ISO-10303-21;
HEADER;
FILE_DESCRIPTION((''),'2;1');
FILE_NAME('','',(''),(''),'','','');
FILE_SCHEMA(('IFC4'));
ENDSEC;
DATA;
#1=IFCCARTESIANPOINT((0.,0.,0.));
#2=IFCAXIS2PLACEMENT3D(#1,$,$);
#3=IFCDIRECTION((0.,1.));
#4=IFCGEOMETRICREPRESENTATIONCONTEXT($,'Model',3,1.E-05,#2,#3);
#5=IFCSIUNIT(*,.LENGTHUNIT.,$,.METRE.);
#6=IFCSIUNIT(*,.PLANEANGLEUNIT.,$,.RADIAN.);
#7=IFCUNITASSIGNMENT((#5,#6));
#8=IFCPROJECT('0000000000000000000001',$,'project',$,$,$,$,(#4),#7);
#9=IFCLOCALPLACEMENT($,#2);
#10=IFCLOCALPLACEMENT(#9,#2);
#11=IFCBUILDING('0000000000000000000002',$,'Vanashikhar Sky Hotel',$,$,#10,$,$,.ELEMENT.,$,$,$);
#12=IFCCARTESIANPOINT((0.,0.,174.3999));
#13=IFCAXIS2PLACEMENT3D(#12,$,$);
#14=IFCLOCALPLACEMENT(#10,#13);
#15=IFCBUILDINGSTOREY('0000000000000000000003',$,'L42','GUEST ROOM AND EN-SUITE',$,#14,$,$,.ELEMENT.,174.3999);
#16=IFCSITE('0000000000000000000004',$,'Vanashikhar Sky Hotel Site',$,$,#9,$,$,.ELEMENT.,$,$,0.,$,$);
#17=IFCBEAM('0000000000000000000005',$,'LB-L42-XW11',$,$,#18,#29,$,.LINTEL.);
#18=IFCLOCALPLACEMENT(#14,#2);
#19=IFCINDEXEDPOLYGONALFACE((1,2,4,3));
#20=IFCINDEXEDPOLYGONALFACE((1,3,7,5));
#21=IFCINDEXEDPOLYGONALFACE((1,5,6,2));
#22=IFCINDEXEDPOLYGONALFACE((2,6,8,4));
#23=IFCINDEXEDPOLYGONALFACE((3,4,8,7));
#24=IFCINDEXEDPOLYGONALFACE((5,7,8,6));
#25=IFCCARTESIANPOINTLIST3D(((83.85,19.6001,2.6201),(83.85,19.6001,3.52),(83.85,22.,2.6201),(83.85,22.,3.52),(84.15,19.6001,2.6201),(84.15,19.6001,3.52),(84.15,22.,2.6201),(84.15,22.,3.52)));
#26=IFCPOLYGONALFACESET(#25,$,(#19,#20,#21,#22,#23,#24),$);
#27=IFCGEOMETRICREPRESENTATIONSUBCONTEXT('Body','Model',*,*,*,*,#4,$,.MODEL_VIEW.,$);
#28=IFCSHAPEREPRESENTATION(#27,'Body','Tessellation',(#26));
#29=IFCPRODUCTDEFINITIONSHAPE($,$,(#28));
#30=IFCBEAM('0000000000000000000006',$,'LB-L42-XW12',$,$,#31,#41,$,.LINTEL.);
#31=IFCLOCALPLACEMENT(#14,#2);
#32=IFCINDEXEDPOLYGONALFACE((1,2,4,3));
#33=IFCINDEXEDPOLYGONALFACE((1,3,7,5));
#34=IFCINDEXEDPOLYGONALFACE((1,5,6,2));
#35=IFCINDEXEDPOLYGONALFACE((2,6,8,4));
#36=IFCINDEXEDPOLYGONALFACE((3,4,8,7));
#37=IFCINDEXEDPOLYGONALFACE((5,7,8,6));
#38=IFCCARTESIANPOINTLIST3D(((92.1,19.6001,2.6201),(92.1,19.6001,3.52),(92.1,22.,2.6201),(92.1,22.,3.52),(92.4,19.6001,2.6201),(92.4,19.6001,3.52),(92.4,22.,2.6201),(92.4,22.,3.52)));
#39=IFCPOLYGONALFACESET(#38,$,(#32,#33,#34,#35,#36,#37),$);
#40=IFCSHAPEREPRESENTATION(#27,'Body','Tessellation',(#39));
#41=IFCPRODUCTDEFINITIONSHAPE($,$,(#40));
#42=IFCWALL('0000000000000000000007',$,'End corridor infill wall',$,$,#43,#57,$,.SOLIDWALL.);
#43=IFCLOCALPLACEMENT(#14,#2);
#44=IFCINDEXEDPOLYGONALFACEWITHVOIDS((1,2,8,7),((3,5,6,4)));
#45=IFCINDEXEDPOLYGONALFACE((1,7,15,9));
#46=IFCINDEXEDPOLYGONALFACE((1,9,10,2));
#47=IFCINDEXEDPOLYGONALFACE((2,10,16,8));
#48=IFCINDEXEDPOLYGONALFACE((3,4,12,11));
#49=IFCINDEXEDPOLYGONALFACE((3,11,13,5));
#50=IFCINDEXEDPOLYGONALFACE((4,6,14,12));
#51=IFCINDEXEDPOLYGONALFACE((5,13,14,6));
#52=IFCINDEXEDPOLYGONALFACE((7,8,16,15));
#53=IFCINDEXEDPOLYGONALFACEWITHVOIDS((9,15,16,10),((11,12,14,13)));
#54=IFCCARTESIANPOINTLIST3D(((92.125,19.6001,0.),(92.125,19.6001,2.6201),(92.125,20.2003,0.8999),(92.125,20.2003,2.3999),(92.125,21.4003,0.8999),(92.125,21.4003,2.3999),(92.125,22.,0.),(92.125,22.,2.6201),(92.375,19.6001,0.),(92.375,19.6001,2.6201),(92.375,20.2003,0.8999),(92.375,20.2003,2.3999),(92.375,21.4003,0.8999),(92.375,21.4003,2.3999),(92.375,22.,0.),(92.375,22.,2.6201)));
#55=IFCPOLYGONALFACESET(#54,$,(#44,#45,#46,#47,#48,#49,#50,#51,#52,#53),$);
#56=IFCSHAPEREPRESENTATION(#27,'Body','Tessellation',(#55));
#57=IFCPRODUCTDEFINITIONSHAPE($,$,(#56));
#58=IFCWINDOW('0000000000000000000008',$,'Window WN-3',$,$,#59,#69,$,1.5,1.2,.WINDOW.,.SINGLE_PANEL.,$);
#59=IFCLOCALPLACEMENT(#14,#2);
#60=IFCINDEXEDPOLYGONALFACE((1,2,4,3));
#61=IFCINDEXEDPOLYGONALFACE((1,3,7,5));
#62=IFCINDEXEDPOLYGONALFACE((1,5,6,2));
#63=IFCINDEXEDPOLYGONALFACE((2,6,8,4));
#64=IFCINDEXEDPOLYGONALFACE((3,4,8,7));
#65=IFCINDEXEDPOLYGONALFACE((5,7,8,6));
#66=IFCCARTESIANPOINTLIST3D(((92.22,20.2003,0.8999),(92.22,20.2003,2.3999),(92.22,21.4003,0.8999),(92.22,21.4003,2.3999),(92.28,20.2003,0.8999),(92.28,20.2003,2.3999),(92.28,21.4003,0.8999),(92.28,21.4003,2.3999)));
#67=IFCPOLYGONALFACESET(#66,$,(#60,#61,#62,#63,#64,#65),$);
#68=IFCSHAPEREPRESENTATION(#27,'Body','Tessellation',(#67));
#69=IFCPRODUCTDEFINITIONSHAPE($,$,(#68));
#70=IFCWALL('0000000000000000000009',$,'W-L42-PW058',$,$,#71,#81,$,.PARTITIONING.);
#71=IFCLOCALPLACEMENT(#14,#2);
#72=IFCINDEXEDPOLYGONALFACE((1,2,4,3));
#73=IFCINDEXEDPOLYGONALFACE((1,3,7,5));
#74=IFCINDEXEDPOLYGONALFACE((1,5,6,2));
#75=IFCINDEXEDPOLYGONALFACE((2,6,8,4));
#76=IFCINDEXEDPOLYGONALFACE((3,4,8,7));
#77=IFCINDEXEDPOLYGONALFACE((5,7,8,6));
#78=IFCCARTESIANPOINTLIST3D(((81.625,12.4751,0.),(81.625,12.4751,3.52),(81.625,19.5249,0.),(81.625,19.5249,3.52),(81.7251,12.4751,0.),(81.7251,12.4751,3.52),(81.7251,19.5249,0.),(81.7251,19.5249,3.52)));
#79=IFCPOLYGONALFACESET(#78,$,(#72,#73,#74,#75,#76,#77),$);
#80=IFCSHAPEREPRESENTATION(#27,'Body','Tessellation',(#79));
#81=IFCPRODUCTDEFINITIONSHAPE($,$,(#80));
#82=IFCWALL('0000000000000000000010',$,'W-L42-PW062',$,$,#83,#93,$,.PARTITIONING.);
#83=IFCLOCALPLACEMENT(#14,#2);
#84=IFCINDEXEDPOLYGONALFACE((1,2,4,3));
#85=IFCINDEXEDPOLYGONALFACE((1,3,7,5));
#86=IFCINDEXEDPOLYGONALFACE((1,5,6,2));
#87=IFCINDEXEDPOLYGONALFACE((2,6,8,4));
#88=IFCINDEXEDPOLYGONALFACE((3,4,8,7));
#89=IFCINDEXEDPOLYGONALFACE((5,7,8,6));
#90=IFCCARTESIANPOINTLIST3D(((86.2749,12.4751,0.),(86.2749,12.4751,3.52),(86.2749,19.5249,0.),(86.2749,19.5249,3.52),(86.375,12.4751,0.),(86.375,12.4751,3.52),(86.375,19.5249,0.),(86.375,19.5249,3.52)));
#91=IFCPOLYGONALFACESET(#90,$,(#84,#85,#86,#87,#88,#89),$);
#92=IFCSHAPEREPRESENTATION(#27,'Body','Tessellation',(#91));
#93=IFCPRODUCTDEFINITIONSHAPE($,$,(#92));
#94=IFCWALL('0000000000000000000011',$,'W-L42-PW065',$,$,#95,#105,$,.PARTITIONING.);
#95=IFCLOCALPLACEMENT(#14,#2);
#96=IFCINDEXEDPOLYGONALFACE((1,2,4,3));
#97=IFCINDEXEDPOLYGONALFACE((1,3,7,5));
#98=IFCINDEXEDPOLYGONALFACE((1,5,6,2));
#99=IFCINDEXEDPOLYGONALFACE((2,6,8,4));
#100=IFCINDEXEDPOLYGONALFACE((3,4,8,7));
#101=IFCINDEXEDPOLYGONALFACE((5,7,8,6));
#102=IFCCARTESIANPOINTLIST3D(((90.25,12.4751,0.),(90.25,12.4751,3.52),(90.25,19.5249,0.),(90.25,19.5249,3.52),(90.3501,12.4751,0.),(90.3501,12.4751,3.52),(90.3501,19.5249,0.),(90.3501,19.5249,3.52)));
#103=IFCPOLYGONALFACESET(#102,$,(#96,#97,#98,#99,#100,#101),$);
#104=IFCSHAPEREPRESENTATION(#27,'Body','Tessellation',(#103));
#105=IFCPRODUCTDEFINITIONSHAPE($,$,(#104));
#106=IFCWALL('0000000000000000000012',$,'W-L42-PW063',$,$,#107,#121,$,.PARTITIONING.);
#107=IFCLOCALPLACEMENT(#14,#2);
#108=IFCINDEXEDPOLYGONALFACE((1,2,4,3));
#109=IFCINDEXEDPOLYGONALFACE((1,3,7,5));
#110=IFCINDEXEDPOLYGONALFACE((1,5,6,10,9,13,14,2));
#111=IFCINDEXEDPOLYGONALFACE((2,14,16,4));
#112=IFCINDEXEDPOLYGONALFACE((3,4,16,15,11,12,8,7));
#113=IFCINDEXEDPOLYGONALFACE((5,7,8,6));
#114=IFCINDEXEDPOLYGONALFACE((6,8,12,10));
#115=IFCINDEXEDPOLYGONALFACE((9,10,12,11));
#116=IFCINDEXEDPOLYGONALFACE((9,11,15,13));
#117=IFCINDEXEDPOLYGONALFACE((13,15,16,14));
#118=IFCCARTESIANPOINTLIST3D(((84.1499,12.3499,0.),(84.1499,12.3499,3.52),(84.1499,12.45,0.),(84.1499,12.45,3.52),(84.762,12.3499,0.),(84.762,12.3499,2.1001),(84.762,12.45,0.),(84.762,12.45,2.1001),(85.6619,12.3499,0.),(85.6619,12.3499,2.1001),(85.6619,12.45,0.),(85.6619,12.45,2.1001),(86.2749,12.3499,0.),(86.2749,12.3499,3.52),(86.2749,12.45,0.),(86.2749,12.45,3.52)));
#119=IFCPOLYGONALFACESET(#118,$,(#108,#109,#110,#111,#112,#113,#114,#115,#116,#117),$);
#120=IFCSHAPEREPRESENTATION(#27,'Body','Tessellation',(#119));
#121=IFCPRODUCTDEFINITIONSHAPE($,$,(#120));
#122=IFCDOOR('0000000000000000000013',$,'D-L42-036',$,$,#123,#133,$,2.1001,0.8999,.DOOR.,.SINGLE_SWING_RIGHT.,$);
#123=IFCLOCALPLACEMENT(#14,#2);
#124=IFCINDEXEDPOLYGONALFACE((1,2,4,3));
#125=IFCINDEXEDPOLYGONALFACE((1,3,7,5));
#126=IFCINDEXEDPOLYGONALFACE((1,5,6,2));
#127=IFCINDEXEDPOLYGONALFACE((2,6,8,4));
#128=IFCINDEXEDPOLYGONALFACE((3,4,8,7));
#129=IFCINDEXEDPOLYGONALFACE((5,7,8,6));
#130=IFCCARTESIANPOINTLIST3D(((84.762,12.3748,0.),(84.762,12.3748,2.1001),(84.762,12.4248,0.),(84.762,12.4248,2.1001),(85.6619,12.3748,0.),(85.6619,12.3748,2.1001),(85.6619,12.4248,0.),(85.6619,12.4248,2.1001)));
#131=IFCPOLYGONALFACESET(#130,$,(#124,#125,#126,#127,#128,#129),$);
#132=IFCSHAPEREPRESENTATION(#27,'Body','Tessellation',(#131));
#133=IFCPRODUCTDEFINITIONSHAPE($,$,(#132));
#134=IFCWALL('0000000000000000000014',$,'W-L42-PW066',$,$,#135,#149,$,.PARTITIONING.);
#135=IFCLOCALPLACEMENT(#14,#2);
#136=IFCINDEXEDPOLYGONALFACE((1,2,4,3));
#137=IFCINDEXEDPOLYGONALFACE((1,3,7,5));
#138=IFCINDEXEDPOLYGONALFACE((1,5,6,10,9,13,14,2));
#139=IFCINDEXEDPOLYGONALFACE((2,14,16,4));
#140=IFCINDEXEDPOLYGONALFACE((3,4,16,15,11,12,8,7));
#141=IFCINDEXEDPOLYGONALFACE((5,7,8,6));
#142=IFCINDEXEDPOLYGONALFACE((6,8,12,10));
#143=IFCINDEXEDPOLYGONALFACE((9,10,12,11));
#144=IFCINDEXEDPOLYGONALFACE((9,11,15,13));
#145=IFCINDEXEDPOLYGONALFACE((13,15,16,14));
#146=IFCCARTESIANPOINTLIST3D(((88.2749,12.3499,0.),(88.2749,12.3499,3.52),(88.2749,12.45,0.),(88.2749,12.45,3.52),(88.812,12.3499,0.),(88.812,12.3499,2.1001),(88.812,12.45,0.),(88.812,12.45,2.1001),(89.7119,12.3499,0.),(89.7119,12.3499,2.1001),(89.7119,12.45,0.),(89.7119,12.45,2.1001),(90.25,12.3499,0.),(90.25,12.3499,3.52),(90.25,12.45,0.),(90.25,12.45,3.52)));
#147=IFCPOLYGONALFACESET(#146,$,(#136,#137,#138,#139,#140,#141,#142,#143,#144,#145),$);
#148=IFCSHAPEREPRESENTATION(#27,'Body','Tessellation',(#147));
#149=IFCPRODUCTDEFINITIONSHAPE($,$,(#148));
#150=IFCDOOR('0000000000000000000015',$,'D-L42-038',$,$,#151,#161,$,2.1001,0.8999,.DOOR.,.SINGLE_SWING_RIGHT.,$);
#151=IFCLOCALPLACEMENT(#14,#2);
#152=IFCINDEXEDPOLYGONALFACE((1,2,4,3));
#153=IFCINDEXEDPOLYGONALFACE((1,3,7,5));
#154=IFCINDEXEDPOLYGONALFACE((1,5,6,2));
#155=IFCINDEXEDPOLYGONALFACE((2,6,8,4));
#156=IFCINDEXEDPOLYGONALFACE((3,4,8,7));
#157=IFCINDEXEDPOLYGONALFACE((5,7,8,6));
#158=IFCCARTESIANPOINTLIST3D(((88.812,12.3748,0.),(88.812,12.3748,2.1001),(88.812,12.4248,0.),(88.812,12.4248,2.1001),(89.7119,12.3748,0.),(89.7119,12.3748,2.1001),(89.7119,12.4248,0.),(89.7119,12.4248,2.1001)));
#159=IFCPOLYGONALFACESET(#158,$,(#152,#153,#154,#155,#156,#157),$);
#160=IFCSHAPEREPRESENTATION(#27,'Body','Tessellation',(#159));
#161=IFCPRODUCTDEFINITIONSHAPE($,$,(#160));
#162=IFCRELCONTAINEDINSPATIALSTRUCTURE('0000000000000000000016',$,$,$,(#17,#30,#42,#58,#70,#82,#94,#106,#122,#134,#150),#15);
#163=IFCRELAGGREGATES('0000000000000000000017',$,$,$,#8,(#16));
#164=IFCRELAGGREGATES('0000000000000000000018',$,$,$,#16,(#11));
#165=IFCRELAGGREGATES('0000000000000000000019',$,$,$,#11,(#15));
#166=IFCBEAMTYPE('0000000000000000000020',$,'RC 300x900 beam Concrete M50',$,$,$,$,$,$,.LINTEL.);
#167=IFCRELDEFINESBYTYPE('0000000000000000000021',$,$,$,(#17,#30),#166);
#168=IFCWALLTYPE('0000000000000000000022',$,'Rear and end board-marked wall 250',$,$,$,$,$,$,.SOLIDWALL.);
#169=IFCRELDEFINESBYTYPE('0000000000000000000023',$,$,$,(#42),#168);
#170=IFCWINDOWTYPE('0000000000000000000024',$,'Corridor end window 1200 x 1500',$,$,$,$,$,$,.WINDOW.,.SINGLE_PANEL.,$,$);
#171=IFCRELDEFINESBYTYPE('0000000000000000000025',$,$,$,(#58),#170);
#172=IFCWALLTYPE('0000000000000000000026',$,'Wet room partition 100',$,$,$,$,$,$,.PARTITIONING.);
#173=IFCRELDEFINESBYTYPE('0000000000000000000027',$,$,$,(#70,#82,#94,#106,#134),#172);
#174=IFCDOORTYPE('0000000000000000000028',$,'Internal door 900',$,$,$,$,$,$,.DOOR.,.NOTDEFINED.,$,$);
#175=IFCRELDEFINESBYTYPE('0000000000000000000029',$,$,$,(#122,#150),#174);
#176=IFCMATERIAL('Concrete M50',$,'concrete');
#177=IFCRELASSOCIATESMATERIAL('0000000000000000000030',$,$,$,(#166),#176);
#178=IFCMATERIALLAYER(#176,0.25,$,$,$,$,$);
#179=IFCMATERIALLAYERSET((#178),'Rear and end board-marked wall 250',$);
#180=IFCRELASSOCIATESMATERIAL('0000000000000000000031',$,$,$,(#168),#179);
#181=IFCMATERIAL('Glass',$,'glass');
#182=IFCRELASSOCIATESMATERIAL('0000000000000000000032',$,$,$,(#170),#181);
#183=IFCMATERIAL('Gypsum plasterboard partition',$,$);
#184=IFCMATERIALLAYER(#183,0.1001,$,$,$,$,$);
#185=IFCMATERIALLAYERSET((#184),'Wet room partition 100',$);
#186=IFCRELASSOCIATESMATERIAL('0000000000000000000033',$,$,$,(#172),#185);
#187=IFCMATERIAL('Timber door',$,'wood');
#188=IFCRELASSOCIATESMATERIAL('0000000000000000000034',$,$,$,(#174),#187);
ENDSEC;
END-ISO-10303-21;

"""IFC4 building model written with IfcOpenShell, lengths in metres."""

from ifc_helpers import new_model, si_unit, direction, frame, frame_2d, origin, origin_2d, place, context, subcontext, project, spatial, rectangle, extrude, source, transform, mapped, material, layer, layer_set, material_profile, profile_set, type_object, element, fill, save


model = new_model("IFC4")

# Units and contexts
model_context = context("Model", 3, precision=1e-05, world=origin(), true_north=direction((0.0, 1.0)))
body_context = subcontext(model_context, "Body", "Model", "MODEL_VIEW")
ifc_project = project(units=[si_unit("LENGTHUNIT", "METRE"), si_unit("PLANEANGLEUNIT", "RADIAN")], contexts=[model_context])

# Site, building, storey
site_placement = place(None, origin())
site = spatial("IfcSite", under=ifc_project, at=site_placement, Name="Vanashikhar Sky Hotel Site", CompositionType="ELEMENT", RefElevation=0.0)
building_placement = place(site_placement, origin())
building = spatial("IfcBuilding", under=site, at=building_placement, Name="Vanashikhar Sky Hotel", CompositionType="ELEMENT")
storey_placement = place(building_placement, frame((0.0, 0.0, 174.3999)))
storey = spatial("IfcBuildingStorey", under=building, at=storey_placement, Name="L42", Description="GUEST ROOM AND EN-SUITE", CompositionType="ELEMENT", Elevation=174.3999)

# Beams
ifc_material_1 = material(Name="Concrete M50", Category="concrete")
ifc_material_profile = material_profile(ifc_material_1, rectangle(XDim=0.3, YDim=0.8999, at=origin_2d()))
ifc_profile_set = profile_set([ifc_material_profile], Name="RC 300x900 beam Concrete M50")
beam_type = type_object("IfcBeamType", Name="RC 300x900 beam Concrete M50", PredefinedType="LINTEL", material=ifc_profile_set)
shared_shape_1 = source(origin(), body_context, "Body", "SweptSolid", [
    extrude(rectangle(XDim=0.3, YDim=0.8999, at=origin_2d()), origin(), (0.0, 0.0, 1.0), 2.3999),
])
for number, where, z_axis, x_axis, name in (
    (1, (84.0, 19.6001, 3.0701), (0.0, 1.0, 0.0), (-1.0, 0.0, 0.0), "LB-L42-XW11"),
    (2, (92.25, 19.6001, 3.0701), (0.0, 1.0, 0.0), (-1.0, 0.0, 0.0), "LB-L42-XW12"),
):
    element("IfcBeam", number, at=place(storey_placement, frame(where, z_axis=z_axis, x_axis=x_axis)), inside=storey, type_object=beam_type, Name=name, PredefinedType="LINTEL", context=body_context, shape_type="MappedRepresentation", body=[
        mapped(shared_shape_1, transform((0.0, 0.0, 0.0), scale=1.0)),
    ])

# Wall, opening, window
ifc_layer_1 = layer(ifc_material_1, 0.25)
ifc_layer_set_1 = layer_set([ifc_layer_1], Name="Rear and end board-marked wall 250")
wall_type_1 = type_object("IfcWallType", Name="Rear and end board-marked wall 250", PredefinedType="SOLIDWALL", material=ifc_layer_set_1)
shared_shape_2 = source(origin(), body_context, "Body", "SweptSolid", [
    extrude(rectangle(XDim=2.3999, YDim=0.25, at=frame_2d((1.2, 0.0))), origin(), (0.0, 0.0, 1.0), 2.6201),
])
wall_1_placement = place(storey_placement, frame((92.25, 19.6001, 0.0), z_axis=(0.0, 0.0, 1.0), x_axis=(0.0, 1.0, 0.0)))
wall_1 = element("IfcWall", 3, at=wall_1_placement, inside=storey, type_object=wall_type_1, Name="End corridor infill wall", PredefinedType="SOLIDWALL", context=body_context, shape_type="MappedRepresentation", body=[
    mapped(shared_shape_2, transform((0.0, 0.0, 0.0), scale=1.0)),
])
shared_shape_3 = source(origin(), body_context, "Body", "SweptSolid", [
    extrude(rectangle(XDim=1.2, YDim=1.5, at=frame_2d((0.6001, 0.75))), frame((0.0, 0.135, 0.0), z_axis=(0.0, -1.0, 0.0), x_axis=(1.0, 0.0, 0.0)), (0.0, 0.0, 1.0), 0.27),
])
opening_1_placement = place(wall_1_placement, frame((0.6001, 0.0, 0.8999)))
opening_1 = element("IfcOpeningElement", 4, at=opening_1_placement, cuts=wall_1, PredefinedType="OPENING", context=body_context, shape_type="MappedRepresentation", body=[
    mapped(shared_shape_3, transform((0.0, 0.0, 0.0), scale=1.0)),
])
ifc_material_2 = material(Name="Glass", Category="glass")
window_type = type_object("IfcWindowType", Name="Corridor end window 1200 x 1500", PartitioningType="SINGLE_PANEL", PredefinedType="WINDOW", material=ifc_material_2)
shared_shape_4 = source(origin(), body_context, "Body", "SweptSolid", [
    extrude(rectangle(XDim=1.2, YDim=1.5, at=frame_2d((0.6001, 0.75))), frame((0.0, 0.03, 0.0), z_axis=(0.0, -1.0, 0.0), x_axis=(1.0, 0.0, 0.0)), (0.0, 0.0, 1.0), 0.0601),
])
window_placement = place(opening_1_placement, origin())
window = element("IfcWindow", 5, at=window_placement, inside=storey, type_object=window_type, Name="Window WN-3", OverallHeight=1.5, OverallWidth=1.2, PartitioningType="SINGLE_PANEL", PredefinedType="WINDOW", context=body_context, shape_type="MappedRepresentation", body=[
    mapped(shared_shape_4, transform((0.0, 0.0, 0.0), scale=1.0)),
])
fill(opening_1, window)

# Walls
ifc_material_3 = material(Name="Gypsum plasterboard partition")
ifc_layer_2 = layer(ifc_material_3, 0.1001)
ifc_layer_set_2 = layer_set([ifc_layer_2], Name="Wet room partition 100")
wall_type_2 = type_object("IfcWallType", Name="Wet room partition 100", PredefinedType="PARTITIONING", material=ifc_layer_set_2)
shared_shape_5 = source(origin(), body_context, "Body", "SweptSolid", [
    extrude(rectangle(XDim=7.0498, YDim=0.1001, at=frame_2d((3.5249, 0.0))), origin(), (0.0, 0.0, 1.0), 3.52),
])
for number, where, z_axis, x_axis, name in (
    (6, (81.675, 12.4751, 0.0), (0.0, 0.0, 1.0), (0.0, 1.0, 0.0), "W-L42-PW058"),
    (7, (86.325, 12.4751, 0.0), (0.0, 0.0, 1.0), (0.0, 1.0, 0.0), "W-L42-PW062"),
    (8, (90.3, 12.4751, 0.0), (0.0, 0.0, 1.0), (0.0, 1.0, 0.0), "W-L42-PW065"),
):
    element("IfcWall", number, at=place(storey_placement, frame(where, z_axis=z_axis, x_axis=x_axis)), inside=storey, type_object=wall_type_2, Name=name, PredefinedType="PARTITIONING", context=body_context, shape_type="MappedRepresentation", body=[
        mapped(shared_shape_5, transform((0.0, 0.0, 0.0), scale=1.0)),
    ])

# Walls, openings, doors
shared_shape_6 = source(origin(), body_context, "Body", "SweptSolid", [
    extrude(rectangle(XDim=2.125, YDim=0.1001, at=frame_2d((1.0625, 0.0))), origin(), (0.0, 0.0, 1.0), 3.52),
])
wall_2_placement = place(storey_placement, frame((84.1499, 12.3999, 0.0), z_axis=(0.0, 0.0, 1.0), x_axis=(1.0, 0.0, 0.0)))
wall_2 = element("IfcWall", 9, at=wall_2_placement, inside=storey, type_object=wall_type_2, Name="W-L42-PW063", PredefinedType="PARTITIONING", context=body_context, shape_type="MappedRepresentation", body=[
    mapped(shared_shape_6, transform((0.0, 0.0, 0.0), scale=1.0)),
])
shared_shape_7 = source(origin(), body_context, "Body", "SweptSolid", [
    extrude(rectangle(XDim=0.8999, YDim=2.1001, at=frame_2d((0.45, 1.05))), frame((0.0, 0.0601, 0.0), z_axis=(0.0, -1.0, 0.0), x_axis=(1.0, 0.0, 0.0)), (0.0, 0.0, 1.0), 0.1201),
])
opening_2_placement = place(wall_2_placement, frame((0.6121, 0.0, 0.0)))
opening_2 = element("IfcOpeningElement", 10, at=opening_2_placement, cuts=wall_2, PredefinedType="OPENING", context=body_context, shape_type="MappedRepresentation", body=[
    mapped(shared_shape_7, transform((0.0, 0.0, 0.0), scale=1.0)),
])
ifc_material_4 = material(Name="Timber door", Category="wood")
door_type_1 = type_object("IfcDoorType", Name="Internal door 900", OperationType="NOTDEFINED", PredefinedType="DOOR", material=ifc_material_4)
shared_shape_8 = source(origin(), body_context, "Body", "SweptSolid", [
    extrude(rectangle(XDim=0.8999, YDim=2.1001, at=frame_2d((0.45, 1.05))), frame((0.0, 0.0249, 0.0), z_axis=(0.0, -1.0, 0.0), x_axis=(1.0, 0.0, 0.0)), (0.0, 0.0, 1.0), 0.05),
])
door_1_placement = place(opening_2_placement, origin())
door_1 = element("IfcDoor", 11, at=door_1_placement, inside=storey, type_object=door_type_1, Name="D-L42-036", OperationType="SINGLE_SWING_RIGHT", OverallHeight=2.1001, OverallWidth=0.8999, PredefinedType="DOOR", context=body_context, shape_type="MappedRepresentation", body=[
    mapped(shared_shape_8, transform((0.0, 0.0, 0.0), scale=1.0)),
])
fill(opening_2, door_1)
shared_shape_9 = source(origin(), body_context, "Body", "SweptSolid", [
    extrude(rectangle(XDim=1.9751, YDim=0.1001, at=frame_2d((0.9875, 0.0))), origin(), (0.0, 0.0, 1.0), 3.52),
])
wall_3_placement = place(storey_placement, frame((88.2749, 12.3999, 0.0), z_axis=(0.0, 0.0, 1.0), x_axis=(1.0, 0.0, 0.0)))
wall_3 = element("IfcWall", 12, at=wall_3_placement, inside=storey, type_object=wall_type_2, Name="W-L42-PW066", PredefinedType="PARTITIONING", context=body_context, shape_type="MappedRepresentation", body=[
    mapped(shared_shape_9, transform((0.0, 0.0, 0.0), scale=1.0)),
])
opening_3_placement = place(wall_3_placement, frame((0.5371, 0.0, 0.0)))
opening_3 = element("IfcOpeningElement", 13, at=opening_3_placement, cuts=wall_3, PredefinedType="OPENING", context=body_context, shape_type="MappedRepresentation", body=[
    mapped(shared_shape_7, transform((0.0, 0.0, 0.0), scale=1.0)),
])
door_2_placement = place(opening_3_placement, origin())
door_2 = element("IfcDoor", 14, at=door_2_placement, inside=storey, type_object=door_type_1, Name="D-L42-038", OperationType="SINGLE_SWING_RIGHT", OverallHeight=2.1001, OverallWidth=0.8999, PredefinedType="DOOR", context=body_context, shape_type="MappedRepresentation", body=[
    mapped(shared_shape_8, transform((0.0, 0.0, 0.0), scale=1.0)),
])
fill(opening_3, door_2)

save(model, "model.ifc")
